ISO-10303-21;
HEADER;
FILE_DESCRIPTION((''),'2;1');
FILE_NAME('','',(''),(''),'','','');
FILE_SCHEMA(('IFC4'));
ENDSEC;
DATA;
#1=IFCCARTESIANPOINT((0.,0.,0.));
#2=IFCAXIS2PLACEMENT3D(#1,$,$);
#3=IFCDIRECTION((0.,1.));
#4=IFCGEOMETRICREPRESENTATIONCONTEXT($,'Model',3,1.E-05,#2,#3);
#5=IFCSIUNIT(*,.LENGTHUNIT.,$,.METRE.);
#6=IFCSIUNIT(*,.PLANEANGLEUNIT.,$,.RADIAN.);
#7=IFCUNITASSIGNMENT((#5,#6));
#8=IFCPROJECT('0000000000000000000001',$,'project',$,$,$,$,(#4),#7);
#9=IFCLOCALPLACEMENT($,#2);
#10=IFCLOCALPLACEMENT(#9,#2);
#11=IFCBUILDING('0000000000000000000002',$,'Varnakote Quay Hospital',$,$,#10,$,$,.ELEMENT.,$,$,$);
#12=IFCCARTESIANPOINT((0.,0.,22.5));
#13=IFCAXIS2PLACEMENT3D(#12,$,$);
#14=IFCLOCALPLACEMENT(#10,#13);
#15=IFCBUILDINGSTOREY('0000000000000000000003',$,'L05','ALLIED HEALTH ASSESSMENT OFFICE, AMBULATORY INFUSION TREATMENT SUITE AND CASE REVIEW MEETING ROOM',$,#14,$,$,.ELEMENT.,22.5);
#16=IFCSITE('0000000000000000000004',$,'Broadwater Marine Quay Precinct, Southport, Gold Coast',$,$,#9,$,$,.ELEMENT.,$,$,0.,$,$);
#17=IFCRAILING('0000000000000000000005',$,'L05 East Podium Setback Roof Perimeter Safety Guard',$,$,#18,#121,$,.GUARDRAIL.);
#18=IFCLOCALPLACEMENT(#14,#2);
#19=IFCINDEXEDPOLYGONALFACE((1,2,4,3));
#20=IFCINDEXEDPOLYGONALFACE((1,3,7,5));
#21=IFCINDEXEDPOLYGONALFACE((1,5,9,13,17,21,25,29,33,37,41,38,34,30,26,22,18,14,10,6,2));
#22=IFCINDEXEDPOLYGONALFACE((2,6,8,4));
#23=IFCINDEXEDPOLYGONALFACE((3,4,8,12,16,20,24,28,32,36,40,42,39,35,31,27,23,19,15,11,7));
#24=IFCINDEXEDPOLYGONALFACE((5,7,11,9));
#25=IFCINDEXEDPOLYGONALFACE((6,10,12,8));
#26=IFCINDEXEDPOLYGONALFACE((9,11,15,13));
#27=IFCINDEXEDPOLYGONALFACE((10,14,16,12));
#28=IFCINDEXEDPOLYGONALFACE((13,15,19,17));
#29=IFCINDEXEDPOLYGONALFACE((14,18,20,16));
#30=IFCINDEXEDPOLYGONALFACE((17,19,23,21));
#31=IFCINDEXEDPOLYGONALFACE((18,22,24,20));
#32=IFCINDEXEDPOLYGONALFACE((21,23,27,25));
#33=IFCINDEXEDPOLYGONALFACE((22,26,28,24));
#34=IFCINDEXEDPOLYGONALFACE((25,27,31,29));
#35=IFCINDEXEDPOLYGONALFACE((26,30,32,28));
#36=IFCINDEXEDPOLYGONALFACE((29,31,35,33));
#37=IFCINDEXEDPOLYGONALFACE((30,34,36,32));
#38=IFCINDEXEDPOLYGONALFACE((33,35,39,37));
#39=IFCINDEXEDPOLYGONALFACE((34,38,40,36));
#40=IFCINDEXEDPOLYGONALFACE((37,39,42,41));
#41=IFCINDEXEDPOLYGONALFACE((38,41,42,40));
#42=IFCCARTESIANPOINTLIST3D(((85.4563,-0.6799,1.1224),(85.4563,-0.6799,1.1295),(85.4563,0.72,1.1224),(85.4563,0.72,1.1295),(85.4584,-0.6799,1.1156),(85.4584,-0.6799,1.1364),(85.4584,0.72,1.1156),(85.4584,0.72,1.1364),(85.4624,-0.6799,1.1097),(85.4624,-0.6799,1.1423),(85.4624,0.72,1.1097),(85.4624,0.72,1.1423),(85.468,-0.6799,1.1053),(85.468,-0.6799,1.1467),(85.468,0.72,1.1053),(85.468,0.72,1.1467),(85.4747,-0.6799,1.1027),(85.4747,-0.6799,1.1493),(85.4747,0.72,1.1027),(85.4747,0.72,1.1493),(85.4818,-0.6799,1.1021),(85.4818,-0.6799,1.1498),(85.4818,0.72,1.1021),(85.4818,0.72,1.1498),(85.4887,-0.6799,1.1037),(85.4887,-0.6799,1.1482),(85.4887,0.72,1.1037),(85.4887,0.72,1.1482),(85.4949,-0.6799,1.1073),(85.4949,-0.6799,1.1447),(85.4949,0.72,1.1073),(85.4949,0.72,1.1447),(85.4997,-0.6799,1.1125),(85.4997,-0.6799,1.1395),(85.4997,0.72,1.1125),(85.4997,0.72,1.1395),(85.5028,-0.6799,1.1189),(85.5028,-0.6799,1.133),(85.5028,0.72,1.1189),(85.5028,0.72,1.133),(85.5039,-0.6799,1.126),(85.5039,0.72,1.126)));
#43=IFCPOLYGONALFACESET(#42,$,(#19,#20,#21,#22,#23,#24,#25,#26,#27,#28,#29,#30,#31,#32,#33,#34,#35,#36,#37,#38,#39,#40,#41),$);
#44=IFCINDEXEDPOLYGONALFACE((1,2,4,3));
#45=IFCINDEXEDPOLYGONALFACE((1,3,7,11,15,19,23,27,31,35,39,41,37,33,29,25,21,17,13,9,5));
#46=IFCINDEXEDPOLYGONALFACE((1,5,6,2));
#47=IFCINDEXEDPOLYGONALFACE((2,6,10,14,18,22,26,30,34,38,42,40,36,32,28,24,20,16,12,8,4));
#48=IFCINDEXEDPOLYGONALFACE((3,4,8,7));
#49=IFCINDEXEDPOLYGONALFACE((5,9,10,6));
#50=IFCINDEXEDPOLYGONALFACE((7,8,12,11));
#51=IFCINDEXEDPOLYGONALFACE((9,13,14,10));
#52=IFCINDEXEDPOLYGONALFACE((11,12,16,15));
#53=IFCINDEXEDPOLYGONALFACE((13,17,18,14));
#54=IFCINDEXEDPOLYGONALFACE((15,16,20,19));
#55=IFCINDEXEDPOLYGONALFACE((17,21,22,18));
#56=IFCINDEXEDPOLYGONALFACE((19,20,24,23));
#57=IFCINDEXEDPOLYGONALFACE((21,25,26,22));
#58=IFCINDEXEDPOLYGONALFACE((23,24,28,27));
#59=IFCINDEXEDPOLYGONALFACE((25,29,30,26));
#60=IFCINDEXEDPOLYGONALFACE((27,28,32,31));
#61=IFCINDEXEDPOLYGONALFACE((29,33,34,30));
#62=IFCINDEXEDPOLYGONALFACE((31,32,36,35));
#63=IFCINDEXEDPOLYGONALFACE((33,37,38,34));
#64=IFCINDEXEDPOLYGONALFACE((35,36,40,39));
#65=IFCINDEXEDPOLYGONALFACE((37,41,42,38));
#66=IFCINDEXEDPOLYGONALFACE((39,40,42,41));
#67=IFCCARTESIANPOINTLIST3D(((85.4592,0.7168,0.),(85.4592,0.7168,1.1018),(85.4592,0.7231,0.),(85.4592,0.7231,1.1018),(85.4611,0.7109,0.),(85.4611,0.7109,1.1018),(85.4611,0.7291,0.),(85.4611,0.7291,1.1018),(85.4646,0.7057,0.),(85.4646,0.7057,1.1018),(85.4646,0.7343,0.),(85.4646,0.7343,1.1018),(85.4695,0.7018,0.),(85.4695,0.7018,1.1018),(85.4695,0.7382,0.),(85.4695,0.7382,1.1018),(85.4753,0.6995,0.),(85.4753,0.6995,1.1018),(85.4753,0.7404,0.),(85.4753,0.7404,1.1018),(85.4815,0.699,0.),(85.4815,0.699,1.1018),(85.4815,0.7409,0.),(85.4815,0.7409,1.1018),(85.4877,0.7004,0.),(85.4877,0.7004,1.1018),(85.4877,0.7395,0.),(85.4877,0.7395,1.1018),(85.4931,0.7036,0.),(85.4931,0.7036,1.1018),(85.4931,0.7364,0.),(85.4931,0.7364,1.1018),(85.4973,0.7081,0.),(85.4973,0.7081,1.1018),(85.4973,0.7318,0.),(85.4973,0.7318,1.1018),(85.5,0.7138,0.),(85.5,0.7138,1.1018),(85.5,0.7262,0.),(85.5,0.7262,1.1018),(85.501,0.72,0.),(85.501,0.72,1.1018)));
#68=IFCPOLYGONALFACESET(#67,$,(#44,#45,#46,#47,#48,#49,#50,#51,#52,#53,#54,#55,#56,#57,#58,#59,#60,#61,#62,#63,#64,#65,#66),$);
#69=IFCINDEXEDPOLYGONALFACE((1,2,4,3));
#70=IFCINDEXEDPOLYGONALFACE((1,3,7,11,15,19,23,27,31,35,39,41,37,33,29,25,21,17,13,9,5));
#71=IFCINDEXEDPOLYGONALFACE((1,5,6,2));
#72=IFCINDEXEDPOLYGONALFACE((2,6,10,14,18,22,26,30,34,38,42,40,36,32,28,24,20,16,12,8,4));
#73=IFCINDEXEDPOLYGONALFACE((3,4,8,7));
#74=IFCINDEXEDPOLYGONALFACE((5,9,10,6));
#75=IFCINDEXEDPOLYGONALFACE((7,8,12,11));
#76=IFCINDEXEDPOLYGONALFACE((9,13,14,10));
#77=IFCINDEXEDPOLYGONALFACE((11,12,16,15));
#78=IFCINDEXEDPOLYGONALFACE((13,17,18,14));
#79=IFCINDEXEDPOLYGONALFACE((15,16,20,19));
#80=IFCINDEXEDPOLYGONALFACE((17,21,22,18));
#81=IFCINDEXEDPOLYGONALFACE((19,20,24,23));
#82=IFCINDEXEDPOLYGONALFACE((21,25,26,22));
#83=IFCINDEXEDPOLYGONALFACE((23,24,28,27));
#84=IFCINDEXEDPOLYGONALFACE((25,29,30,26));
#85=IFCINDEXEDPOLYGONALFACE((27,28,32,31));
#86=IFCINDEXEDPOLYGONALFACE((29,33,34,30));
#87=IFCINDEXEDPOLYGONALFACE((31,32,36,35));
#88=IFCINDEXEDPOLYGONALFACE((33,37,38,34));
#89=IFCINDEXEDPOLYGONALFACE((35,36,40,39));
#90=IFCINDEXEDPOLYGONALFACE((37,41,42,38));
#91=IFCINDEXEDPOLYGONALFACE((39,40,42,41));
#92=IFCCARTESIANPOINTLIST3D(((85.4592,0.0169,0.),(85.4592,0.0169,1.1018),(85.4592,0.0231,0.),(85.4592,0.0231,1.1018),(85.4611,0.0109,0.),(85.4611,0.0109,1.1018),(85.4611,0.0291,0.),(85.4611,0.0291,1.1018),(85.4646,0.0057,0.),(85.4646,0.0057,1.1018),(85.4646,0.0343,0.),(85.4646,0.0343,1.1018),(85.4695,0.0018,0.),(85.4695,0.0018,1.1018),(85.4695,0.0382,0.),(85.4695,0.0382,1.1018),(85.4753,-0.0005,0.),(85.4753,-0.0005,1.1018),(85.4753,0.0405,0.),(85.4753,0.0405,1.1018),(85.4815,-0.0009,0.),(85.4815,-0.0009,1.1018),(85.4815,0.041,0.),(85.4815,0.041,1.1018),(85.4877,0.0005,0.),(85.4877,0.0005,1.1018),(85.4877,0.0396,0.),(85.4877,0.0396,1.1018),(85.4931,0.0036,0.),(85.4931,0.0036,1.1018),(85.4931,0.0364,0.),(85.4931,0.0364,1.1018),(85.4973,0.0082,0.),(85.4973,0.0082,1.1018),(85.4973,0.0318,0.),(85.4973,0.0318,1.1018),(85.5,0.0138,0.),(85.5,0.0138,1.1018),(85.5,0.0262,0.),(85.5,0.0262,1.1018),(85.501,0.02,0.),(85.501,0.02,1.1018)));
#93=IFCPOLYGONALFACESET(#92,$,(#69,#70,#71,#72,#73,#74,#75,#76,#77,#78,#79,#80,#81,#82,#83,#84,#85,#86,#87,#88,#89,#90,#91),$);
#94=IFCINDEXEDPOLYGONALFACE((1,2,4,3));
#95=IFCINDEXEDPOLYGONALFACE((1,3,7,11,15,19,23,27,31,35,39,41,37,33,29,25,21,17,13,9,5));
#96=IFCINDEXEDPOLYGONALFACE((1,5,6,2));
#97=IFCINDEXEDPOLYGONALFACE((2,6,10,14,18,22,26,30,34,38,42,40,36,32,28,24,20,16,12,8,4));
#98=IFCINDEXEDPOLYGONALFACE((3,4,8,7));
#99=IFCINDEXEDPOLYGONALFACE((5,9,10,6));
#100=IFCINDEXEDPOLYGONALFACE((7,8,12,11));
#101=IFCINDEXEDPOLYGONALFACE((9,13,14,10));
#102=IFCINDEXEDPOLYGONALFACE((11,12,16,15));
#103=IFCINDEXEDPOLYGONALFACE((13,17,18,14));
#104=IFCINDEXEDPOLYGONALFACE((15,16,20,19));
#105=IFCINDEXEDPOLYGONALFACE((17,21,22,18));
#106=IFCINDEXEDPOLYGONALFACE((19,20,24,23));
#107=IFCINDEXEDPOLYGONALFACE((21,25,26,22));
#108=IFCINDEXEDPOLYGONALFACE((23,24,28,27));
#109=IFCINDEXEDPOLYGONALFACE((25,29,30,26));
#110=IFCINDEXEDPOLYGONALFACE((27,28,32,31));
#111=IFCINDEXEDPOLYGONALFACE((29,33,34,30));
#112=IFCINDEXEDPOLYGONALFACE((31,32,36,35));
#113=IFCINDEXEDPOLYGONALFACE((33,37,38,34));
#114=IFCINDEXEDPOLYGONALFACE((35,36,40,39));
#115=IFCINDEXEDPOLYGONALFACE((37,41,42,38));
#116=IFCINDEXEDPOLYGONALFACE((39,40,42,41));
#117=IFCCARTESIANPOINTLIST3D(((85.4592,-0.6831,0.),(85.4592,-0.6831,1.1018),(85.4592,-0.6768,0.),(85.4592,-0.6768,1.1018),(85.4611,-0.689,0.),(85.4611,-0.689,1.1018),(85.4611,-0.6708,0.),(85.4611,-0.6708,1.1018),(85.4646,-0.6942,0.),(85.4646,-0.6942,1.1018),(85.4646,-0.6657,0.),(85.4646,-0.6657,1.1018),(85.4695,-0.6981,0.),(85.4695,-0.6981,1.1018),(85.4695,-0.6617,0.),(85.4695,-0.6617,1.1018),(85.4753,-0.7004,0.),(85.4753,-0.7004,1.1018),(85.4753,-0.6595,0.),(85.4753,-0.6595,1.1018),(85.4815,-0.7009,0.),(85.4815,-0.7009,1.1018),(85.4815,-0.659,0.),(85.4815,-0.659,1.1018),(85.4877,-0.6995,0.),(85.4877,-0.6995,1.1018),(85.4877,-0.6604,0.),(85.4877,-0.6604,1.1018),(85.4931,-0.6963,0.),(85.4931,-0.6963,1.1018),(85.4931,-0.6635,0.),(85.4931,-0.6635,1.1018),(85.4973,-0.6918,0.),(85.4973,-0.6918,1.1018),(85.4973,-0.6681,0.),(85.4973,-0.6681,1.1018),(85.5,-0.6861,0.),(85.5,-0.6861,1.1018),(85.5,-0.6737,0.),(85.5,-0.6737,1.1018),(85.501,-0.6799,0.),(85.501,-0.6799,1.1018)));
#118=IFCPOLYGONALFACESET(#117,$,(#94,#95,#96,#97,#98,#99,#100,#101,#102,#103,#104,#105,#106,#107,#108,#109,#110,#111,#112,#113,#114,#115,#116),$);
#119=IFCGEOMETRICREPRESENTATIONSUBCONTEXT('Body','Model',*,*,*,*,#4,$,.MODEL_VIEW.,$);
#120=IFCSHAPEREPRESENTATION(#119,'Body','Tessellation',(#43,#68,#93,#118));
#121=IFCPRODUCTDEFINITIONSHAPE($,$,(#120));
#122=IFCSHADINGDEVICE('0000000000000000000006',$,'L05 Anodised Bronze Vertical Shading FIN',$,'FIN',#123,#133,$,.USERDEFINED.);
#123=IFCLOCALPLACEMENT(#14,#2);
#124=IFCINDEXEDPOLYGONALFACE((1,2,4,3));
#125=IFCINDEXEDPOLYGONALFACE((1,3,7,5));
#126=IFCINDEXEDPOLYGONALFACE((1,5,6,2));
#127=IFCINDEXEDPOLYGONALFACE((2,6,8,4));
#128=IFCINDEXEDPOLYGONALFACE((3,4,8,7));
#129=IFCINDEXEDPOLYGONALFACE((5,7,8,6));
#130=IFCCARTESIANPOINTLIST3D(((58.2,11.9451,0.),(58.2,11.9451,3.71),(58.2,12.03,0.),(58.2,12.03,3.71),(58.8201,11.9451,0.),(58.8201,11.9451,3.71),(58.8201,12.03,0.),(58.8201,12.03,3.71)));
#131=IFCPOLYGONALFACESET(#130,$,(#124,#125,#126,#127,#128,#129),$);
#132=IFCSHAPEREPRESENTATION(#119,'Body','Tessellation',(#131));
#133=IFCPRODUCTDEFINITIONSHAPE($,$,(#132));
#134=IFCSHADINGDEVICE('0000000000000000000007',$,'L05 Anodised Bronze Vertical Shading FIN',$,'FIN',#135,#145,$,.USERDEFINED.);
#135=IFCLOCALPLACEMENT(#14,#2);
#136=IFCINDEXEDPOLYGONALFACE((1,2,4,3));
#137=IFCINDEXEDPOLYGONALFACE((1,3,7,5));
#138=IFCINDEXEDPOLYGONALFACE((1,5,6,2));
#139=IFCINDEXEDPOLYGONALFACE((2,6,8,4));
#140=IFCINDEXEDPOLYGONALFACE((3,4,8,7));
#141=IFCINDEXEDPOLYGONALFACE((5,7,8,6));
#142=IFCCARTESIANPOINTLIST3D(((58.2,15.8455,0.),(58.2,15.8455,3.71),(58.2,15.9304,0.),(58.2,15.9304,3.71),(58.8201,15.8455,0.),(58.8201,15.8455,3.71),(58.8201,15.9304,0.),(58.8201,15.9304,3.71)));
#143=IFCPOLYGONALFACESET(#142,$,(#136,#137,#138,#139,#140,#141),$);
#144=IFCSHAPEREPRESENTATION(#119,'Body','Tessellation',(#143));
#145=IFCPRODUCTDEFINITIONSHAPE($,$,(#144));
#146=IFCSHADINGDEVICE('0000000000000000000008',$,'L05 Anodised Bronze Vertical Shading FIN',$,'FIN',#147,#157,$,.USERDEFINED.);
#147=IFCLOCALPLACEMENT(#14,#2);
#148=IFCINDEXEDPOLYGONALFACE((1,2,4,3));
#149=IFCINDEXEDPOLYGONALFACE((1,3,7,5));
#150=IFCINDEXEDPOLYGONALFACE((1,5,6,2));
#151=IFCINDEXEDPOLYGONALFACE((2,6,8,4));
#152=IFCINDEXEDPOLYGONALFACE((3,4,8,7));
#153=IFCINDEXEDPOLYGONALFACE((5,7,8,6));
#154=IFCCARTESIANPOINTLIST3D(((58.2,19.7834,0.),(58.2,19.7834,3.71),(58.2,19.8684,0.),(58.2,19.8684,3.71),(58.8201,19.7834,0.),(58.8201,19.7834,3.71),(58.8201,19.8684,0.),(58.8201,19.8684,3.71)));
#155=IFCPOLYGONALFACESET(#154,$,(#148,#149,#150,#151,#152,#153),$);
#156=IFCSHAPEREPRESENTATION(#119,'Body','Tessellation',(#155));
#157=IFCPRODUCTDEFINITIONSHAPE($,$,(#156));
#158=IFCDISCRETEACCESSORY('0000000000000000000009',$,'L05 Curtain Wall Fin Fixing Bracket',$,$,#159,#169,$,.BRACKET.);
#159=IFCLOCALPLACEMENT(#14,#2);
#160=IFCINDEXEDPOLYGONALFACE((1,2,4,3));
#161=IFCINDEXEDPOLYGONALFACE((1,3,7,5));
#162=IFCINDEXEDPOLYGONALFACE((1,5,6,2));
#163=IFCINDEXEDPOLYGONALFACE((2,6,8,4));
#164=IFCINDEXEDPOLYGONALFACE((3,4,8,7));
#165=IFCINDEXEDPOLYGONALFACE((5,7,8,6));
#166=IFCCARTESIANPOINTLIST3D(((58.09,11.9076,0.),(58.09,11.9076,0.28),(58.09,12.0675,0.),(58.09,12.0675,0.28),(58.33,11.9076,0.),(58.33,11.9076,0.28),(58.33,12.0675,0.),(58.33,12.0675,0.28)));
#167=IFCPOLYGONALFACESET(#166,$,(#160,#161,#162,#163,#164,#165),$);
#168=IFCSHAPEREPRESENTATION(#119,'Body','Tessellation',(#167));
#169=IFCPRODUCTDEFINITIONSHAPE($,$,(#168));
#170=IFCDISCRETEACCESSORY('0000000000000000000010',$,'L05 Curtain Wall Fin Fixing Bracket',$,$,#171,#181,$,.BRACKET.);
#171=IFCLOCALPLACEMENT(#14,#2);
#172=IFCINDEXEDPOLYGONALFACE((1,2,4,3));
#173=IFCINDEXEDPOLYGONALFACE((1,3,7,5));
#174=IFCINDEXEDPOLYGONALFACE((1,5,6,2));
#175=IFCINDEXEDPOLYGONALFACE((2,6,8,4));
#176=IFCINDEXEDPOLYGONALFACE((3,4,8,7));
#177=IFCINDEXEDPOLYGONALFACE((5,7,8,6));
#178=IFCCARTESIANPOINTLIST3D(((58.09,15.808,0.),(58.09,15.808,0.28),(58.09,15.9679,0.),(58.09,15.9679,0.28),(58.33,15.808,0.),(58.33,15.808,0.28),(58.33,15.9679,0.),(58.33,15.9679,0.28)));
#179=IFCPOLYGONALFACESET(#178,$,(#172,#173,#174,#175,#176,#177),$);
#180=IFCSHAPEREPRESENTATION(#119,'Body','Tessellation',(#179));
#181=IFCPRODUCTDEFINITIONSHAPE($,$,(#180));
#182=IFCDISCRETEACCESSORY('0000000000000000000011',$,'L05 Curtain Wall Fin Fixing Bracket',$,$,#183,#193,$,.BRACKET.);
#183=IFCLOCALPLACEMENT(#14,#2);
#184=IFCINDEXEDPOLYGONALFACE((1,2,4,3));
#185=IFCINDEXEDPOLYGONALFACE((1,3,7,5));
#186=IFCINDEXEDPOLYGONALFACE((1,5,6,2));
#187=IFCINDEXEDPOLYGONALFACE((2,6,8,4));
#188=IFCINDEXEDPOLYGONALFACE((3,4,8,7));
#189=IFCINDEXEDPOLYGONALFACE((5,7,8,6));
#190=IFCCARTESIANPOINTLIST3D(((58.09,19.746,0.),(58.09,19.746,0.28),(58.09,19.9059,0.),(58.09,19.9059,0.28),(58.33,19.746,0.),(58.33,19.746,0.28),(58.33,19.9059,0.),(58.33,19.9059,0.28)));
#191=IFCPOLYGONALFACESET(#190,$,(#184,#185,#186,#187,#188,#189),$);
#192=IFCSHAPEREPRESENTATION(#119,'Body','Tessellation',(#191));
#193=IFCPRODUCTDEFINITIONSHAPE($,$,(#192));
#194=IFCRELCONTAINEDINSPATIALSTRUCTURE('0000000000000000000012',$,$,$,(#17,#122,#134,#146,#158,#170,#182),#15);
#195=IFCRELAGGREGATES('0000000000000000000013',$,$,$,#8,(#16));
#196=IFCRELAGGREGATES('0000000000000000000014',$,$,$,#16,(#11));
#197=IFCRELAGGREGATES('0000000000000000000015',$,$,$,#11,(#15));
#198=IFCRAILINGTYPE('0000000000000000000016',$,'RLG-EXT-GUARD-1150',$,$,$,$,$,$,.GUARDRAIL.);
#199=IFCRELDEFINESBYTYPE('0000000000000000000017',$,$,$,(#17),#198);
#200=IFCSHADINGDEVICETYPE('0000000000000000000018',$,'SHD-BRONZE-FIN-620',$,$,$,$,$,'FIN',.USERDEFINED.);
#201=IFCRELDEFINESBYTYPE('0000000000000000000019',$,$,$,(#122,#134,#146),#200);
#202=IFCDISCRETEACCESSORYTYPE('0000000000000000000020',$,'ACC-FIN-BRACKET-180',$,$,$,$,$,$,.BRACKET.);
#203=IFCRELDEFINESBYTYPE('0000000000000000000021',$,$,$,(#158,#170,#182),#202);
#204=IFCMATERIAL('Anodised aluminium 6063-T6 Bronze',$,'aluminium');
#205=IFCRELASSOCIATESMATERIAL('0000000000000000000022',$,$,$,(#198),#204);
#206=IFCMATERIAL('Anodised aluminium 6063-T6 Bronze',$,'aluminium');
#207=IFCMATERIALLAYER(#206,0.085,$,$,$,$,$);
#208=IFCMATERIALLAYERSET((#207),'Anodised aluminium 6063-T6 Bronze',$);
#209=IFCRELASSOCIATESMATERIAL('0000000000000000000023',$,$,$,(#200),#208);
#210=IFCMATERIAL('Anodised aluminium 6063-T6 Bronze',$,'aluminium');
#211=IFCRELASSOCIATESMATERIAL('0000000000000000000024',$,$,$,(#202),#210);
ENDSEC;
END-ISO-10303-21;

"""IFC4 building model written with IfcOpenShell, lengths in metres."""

from ifc_helpers import new_model, si_unit, direction, frame, origin, origin_2d, place, context, subcontext, project, spatial, rectangle, circle, extrude, material, layer, layer_set, type_object, element, save


model = new_model("IFC4")

# Units and contexts
model_context = context("Model", 3, precision=1e-05, world=origin(), true_north=direction((0.0, 1.0)))
body_context = subcontext(model_context, "Body", "Model", "MODEL_VIEW")
ifc_project = project(units=[si_unit("LENGTHUNIT", "METRE"), si_unit("PLANEANGLEUNIT", "RADIAN")], contexts=[model_context])

# Site, building, storey
site_placement = place(None, origin())
site = spatial("IfcSite", under=ifc_project, at=site_placement, Name="Broadwater Marine Quay Precinct, Southport, Gold Coast", CompositionType="ELEMENT", RefElevation=0.0)
building_placement = place(site_placement, origin())
building = spatial("IfcBuilding", under=site, at=building_placement, Name="Varnakote Quay Hospital", CompositionType="ELEMENT")
storey_placement = place(building_placement, frame((0.0, 0.0, 22.5)))
storey = spatial("IfcBuildingStorey", under=building, at=storey_placement, Name="L05", Description="ALLIED HEALTH ASSESSMENT OFFICE, AMBULATORY INFUSION TREATMENT SUITE AND CASE REVIEW MEETING ROOM", CompositionType="ELEMENT", Elevation=22.5)

# Railing
ifc_material_1 = material(Name="Anodised aluminium 6063-T6 Bronze", Category="aluminium")
railing_type = type_object("IfcRailingType", Name="RLG-EXT-GUARD-1150", PredefinedType="GUARDRAIL", material=ifc_material_1)
railing_1_placement = place(storey_placement, frame((85.48, 0.72, 0.0)))
element("IfcRailing", 1, at=railing_1_placement, inside=storey, type_object=railing_type, Name="L05 East Podium Setback Roof Perimeter Safety Guard", PredefinedType="GUARDRAIL", context=body_context, shape_type="SweptSolid", body=[
    extrude(circle(Radius=0.0239, at=origin_2d()), frame((0.0, 0.0, 1.126), z_axis=(0.0, -1.0, 0.0), x_axis=(1.0, 0.0, 0.0)), (0.0, 0.0, 1.0), 1.3999),
    extrude(circle(Radius=0.021, at=origin_2d()), origin(), (0.0, 0.0, 1.0), 1.1018),
    extrude(circle(Radius=0.021, at=origin_2d()), frame((0.0, -0.7, 0.0)), (0.0, 0.0, 1.0), 1.1018),
    extrude(circle(Radius=0.021, at=origin_2d()), frame((0.0, -1.3999, 0.0)), (0.0, 0.0, 1.0), 1.1018),
])

# Shading devices
ifc_material_2 = material(Name="Anodised aluminium 6063-T6 Bronze", Category="aluminium")
ifc_layer_1 = layer(ifc_material_2, 0.085)
ifc_layer_set_1 = layer_set([ifc_layer_1], Name="Anodised aluminium 6063-T6 Bronze")
shading_device_type = type_object("IfcShadingDeviceType", Name="SHD-BRONZE-FIN-620", ElementType="FIN", PredefinedType="USERDEFINED", material=ifc_layer_set_1)
for number, where, z_axis, x_axis, name in (
    (2, (58.51, 11.9875, 0.0), (0.0, 0.0, 1.0), (-1.0, 0.0, 0.0), "L05 Anodised Bronze Vertical Shading FIN"),
    (3, (58.51, 15.8879, 0.0), (0.0, 0.0, 1.0), (-1.0, 0.0, 0.0), "L05 Anodised Bronze Vertical Shading FIN"),
    (4, (58.51, 19.8259, 0.0), (0.0, 0.0, 1.0), (-1.0, 0.0, 0.0), "L05 Anodised Bronze Vertical Shading FIN"),
):
    element("IfcShadingDevice", number, at=place(storey_placement, frame(where, z_axis=z_axis, x_axis=x_axis)), inside=storey, type_object=shading_device_type, Name=name, ObjectType="FIN", PredefinedType="USERDEFINED", context=body_context, shape_type="SweptSolid", body=[
        extrude(rectangle(XDim=0.6201, YDim=0.085, at=origin_2d()), origin(), (0.0, 0.0, 1.0), 3.71),
    ])

# Discrete accessories
ifc_material_3 = material(Name="Anodised aluminium 6063-T6 Bronze", Category="aluminium")
discrete_accessory_type = type_object("IfcDiscreteAccessoryType", Name="ACC-FIN-BRACKET-180", PredefinedType="BRACKET", material=ifc_material_3)
for number, where, z_axis, x_axis, name in (
    (5, (58.21, 11.9875, 0.0), (0.0, 0.0, 1.0), (0.0, 1.0, 0.0), "L05 Curtain Wall Fin Fixing Bracket"),
    (6, (58.21, 15.8879, 0.0), (0.0, 0.0, 1.0), (0.0, 1.0, 0.0), "L05 Curtain Wall Fin Fixing Bracket"),
    (7, (58.21, 19.8259, 0.0), (0.0, 0.0, 1.0), (0.0, 1.0, 0.0), "L05 Curtain Wall Fin Fixing Bracket"),
):
    element("IfcDiscreteAccessory", number, at=place(storey_placement, frame(where, z_axis=z_axis, x_axis=x_axis)), inside=storey, type_object=discrete_accessory_type, Name=name, PredefinedType="BRACKET", context=body_context, shape_type="SweptSolid", body=[
        extrude(rectangle(XDim=0.1599, YDim=0.24, at=origin_2d()), origin(), (0.0, 0.0, 1.0), 0.28),
    ])

save(model, "model.ifc")
